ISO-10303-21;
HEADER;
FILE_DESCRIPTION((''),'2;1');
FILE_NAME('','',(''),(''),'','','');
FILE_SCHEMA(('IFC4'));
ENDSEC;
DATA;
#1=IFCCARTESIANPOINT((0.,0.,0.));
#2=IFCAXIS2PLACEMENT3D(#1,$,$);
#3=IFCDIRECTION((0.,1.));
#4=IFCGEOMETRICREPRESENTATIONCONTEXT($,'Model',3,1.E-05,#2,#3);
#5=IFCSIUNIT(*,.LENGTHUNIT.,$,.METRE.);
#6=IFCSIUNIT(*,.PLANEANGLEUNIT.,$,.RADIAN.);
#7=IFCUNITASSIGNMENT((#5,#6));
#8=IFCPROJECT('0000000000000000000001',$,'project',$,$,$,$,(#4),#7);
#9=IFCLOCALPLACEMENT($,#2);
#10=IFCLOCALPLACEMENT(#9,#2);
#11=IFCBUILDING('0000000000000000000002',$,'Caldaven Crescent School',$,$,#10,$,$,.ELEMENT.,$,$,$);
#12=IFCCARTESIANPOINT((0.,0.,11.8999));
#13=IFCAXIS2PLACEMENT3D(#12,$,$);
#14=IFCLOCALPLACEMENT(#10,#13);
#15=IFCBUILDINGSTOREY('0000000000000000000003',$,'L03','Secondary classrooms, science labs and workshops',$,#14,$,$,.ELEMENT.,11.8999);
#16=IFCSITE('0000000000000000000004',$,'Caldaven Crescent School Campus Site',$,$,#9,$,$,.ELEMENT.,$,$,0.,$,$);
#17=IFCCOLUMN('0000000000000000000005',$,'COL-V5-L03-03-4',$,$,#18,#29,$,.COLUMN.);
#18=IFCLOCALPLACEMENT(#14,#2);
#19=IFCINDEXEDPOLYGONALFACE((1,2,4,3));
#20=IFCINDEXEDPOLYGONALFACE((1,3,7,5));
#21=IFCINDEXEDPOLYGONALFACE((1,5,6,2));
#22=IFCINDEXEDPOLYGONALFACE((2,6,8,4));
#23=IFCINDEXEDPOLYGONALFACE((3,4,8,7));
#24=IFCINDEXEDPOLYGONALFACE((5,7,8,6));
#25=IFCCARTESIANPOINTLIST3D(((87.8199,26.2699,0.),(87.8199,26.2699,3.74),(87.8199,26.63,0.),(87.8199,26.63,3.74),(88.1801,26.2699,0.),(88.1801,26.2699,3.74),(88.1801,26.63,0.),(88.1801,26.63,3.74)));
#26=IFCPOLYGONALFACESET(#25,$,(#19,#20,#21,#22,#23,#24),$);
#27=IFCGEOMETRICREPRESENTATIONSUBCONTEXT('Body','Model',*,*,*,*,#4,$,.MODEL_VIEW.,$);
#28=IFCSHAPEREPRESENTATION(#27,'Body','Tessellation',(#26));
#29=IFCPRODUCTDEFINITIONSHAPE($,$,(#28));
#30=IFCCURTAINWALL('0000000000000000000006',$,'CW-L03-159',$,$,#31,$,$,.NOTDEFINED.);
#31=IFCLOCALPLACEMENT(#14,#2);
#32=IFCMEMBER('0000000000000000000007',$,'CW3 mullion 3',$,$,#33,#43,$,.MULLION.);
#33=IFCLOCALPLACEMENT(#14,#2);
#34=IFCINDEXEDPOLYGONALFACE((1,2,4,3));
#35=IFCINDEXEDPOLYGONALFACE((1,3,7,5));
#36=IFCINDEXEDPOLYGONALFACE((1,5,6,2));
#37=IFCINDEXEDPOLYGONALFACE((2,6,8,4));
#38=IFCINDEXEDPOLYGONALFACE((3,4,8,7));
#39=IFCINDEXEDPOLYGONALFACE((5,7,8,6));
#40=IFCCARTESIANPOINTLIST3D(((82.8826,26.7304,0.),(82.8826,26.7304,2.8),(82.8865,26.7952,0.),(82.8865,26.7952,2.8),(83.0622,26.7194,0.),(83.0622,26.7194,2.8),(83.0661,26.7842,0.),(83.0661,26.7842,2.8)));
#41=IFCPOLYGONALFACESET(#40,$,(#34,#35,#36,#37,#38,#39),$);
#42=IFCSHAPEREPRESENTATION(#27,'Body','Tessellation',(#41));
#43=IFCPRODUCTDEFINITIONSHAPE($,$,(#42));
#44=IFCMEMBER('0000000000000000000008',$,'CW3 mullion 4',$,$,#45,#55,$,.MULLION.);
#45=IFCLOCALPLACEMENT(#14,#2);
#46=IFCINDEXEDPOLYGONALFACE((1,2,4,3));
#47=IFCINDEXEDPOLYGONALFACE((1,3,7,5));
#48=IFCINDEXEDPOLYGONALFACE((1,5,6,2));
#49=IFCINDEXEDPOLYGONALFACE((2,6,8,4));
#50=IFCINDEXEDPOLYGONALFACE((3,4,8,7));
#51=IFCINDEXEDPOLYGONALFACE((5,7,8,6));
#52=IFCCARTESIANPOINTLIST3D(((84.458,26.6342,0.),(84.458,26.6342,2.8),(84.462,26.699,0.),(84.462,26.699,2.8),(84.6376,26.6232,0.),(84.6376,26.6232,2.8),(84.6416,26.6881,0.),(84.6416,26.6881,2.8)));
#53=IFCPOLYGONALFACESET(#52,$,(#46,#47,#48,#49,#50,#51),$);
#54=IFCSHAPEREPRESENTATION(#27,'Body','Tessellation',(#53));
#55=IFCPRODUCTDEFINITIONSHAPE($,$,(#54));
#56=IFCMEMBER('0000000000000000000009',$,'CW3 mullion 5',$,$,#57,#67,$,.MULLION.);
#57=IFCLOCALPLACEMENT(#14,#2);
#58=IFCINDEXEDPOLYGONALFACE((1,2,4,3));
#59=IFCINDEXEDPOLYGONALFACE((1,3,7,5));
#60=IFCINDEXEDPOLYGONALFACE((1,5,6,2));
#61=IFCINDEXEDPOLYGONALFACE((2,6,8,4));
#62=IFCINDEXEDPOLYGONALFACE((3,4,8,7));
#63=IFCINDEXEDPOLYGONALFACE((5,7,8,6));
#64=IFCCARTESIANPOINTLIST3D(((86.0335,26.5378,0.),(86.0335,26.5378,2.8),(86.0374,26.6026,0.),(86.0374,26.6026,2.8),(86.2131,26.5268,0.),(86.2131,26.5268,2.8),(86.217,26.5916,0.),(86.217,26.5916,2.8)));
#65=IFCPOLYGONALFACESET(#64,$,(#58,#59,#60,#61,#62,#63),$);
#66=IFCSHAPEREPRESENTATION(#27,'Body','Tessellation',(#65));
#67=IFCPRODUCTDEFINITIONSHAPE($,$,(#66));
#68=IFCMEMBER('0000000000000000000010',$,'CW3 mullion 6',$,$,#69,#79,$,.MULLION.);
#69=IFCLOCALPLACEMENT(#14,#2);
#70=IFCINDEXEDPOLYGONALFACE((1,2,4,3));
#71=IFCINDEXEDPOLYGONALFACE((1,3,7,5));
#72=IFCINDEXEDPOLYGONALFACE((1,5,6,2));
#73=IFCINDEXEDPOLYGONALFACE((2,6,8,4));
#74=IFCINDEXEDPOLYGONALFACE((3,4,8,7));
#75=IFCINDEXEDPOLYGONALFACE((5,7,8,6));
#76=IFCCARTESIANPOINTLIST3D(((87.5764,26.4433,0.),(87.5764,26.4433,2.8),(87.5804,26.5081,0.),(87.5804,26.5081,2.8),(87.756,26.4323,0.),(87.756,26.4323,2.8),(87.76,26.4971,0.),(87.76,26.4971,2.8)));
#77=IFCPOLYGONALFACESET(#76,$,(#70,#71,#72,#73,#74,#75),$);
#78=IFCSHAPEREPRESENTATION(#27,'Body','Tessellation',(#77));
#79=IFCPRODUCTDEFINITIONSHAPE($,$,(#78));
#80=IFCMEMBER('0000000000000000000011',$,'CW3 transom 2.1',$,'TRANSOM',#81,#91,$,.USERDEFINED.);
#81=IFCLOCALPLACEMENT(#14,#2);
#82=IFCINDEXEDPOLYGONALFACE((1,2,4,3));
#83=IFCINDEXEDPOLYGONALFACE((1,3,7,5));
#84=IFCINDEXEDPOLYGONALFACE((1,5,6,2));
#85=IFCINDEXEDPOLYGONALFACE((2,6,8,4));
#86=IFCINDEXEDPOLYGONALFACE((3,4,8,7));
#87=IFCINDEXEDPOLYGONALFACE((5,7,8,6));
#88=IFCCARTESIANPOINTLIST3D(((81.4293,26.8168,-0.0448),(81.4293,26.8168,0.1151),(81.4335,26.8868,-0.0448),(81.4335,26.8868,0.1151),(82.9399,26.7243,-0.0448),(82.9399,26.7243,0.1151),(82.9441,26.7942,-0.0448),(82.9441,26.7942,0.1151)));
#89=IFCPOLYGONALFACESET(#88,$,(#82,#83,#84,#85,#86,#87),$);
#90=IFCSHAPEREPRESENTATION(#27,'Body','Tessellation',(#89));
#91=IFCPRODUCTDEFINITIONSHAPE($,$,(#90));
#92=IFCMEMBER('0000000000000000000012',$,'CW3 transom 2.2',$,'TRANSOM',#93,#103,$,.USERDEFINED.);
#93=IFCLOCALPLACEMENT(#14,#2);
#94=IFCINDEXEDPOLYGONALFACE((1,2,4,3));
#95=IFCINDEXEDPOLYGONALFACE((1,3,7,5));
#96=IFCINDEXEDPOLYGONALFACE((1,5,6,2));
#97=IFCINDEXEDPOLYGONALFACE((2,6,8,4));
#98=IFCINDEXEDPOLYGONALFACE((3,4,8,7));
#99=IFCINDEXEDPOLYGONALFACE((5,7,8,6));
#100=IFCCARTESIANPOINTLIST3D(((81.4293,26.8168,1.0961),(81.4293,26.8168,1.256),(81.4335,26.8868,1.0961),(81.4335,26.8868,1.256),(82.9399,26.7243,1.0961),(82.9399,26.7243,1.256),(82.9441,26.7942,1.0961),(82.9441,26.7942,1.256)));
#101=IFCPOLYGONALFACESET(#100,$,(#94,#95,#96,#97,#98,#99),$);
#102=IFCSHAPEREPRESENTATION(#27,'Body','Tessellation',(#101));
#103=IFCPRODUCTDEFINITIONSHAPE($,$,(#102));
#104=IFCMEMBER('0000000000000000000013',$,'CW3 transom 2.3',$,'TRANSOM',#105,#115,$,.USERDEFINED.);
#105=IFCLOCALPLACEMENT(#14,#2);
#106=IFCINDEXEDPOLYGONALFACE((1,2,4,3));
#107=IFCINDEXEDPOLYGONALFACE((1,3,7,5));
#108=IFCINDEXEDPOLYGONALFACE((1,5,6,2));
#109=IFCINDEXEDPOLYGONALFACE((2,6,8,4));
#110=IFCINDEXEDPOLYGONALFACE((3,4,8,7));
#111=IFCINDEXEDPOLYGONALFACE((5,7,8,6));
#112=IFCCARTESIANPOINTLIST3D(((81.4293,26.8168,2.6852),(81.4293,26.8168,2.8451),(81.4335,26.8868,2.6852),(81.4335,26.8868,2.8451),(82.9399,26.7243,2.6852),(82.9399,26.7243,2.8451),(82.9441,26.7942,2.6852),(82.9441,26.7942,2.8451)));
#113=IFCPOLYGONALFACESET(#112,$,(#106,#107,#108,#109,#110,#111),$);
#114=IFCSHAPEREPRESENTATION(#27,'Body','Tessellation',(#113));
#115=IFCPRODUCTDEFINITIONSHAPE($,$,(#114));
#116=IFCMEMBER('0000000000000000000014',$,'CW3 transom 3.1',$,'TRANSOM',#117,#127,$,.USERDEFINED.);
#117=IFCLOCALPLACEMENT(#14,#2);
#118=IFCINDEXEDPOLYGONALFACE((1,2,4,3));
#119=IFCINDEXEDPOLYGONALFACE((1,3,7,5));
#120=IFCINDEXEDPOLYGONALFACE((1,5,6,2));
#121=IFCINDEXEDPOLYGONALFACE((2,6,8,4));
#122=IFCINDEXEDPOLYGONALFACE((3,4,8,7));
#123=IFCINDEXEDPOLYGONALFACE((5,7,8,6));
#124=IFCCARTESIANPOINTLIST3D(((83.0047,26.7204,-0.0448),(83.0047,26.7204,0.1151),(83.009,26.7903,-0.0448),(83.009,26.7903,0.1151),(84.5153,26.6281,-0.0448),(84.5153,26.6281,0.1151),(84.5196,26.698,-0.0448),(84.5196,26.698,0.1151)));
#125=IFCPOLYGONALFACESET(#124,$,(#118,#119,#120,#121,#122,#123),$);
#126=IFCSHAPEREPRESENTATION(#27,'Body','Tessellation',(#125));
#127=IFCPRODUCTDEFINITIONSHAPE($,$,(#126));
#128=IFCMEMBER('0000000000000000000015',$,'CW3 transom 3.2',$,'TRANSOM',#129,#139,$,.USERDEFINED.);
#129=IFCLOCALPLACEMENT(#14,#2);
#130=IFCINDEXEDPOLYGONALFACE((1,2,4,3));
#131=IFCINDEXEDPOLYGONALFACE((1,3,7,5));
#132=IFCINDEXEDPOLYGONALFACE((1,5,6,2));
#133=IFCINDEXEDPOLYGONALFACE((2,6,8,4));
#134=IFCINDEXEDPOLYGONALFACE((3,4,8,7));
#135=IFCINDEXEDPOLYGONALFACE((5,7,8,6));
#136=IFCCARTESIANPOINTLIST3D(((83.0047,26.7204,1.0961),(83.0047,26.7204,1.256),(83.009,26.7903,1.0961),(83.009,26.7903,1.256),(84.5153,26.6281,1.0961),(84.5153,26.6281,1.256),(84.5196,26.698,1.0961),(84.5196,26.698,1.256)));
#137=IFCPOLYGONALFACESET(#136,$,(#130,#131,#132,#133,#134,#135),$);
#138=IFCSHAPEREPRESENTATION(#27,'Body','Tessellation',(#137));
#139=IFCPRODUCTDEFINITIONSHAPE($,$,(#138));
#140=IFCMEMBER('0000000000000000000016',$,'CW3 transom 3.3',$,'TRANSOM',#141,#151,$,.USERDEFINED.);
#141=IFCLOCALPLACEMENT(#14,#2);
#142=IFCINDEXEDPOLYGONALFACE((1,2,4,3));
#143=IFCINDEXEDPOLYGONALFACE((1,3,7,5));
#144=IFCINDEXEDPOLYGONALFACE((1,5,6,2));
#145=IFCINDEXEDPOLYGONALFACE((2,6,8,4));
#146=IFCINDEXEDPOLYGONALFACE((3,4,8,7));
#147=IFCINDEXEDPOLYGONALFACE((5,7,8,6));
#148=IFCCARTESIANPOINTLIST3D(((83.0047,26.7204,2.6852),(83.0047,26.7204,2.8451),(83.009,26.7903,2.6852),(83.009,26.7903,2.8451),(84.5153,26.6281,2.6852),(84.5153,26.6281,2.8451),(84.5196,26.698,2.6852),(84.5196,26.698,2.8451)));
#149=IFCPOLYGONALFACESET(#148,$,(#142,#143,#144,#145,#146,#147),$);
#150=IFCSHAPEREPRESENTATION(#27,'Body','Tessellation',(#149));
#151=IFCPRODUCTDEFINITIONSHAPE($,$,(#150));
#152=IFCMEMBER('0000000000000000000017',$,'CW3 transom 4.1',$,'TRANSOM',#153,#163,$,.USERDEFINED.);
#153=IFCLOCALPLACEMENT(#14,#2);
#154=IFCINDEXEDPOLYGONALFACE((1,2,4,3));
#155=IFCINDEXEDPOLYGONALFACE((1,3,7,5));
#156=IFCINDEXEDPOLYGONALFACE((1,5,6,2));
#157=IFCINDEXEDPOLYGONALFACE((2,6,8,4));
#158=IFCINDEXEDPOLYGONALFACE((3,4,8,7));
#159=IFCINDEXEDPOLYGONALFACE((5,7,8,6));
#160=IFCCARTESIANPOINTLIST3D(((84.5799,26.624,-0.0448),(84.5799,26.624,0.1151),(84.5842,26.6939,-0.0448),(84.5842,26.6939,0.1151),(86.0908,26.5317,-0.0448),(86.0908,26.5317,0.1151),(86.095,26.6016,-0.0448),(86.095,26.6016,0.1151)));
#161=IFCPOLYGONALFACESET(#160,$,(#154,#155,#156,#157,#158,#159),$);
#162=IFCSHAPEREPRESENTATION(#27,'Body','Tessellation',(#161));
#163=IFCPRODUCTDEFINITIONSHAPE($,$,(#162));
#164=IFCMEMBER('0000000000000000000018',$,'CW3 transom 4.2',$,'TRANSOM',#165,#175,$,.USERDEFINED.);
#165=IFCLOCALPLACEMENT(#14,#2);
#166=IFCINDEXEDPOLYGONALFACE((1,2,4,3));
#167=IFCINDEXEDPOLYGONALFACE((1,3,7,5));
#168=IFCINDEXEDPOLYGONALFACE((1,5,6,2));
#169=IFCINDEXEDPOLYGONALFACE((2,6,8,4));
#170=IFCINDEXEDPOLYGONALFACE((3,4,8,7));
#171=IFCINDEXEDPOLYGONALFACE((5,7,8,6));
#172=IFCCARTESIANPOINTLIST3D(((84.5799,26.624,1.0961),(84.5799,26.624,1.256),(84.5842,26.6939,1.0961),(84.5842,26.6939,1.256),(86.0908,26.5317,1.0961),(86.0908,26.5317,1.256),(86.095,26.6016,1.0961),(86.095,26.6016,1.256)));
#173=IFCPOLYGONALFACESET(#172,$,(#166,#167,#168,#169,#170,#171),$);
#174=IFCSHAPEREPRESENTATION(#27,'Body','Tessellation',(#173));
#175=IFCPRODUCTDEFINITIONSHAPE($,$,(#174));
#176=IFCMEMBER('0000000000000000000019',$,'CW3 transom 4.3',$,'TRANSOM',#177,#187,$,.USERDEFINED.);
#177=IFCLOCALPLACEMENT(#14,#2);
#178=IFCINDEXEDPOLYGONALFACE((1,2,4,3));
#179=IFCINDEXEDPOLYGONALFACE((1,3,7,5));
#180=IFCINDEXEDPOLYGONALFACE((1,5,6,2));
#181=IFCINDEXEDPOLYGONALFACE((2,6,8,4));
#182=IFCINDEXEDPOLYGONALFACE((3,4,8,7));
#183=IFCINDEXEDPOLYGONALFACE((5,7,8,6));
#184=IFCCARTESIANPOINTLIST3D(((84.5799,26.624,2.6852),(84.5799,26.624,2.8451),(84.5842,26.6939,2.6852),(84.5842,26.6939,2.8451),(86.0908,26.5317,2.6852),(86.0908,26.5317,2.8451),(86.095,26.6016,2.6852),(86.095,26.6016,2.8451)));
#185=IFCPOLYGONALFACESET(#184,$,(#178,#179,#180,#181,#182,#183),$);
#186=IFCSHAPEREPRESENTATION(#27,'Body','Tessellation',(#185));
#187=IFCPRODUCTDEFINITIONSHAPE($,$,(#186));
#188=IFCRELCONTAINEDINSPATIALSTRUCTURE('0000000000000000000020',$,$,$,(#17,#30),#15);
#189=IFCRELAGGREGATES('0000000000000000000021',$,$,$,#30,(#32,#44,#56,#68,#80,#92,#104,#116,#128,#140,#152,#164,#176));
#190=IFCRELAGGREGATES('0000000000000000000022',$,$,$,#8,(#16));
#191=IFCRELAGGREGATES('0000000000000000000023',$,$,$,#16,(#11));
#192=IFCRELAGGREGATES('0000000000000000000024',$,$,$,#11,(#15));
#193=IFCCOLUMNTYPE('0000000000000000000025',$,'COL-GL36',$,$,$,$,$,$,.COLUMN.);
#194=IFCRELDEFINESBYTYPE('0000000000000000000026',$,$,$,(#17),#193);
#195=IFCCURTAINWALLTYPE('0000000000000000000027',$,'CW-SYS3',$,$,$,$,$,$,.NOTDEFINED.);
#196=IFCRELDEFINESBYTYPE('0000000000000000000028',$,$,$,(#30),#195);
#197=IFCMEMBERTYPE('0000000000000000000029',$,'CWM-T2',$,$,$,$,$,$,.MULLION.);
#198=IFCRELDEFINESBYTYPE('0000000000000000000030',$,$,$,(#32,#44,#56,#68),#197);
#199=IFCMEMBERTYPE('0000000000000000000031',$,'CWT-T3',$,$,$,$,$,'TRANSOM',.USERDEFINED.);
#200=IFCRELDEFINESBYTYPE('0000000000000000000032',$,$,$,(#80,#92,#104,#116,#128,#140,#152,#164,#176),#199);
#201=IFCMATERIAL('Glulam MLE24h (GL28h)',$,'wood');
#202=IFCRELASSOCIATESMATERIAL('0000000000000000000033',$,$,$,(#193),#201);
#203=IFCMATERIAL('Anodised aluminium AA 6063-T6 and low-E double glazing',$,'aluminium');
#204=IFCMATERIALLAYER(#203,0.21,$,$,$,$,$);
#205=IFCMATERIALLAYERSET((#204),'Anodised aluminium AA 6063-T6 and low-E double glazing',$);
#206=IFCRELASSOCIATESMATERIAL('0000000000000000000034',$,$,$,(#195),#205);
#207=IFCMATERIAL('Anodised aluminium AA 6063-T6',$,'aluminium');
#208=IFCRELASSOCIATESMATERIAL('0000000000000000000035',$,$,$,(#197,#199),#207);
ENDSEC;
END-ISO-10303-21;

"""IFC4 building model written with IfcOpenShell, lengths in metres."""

from ifc_helpers import new_model, si_unit, direction, frame, origin, origin_2d, place, context, subcontext, project, spatial, rectangle, extrude, material, layer, layer_set, material_profile, profile_set, type_object, element, aggregate, save


model = new_model("IFC4")

# Units and contexts
model_context = context("Model", 3, precision=1e-05, world=origin(), true_north=direction((0.0, 1.0)))
body_context = subcontext(model_context, "Body", "Model", "MODEL_VIEW")
ifc_project = project(units=[si_unit("LENGTHUNIT", "METRE"), si_unit("PLANEANGLEUNIT", "RADIAN")], contexts=[model_context])

# Site, building, storey
site_placement = place(None, origin())
site = spatial("IfcSite", under=ifc_project, at=site_placement, Name="Caldaven Crescent School Campus Site", CompositionType="ELEMENT", RefElevation=0.0)
building_placement = place(site_placement, origin())
building = spatial("IfcBuilding", under=site, at=building_placement, Name="Caldaven Crescent School", CompositionType="ELEMENT")
storey_placement = place(building_placement, frame((0.0, 0.0, 11.8999)))
storey = spatial("IfcBuildingStorey", under=building, at=storey_placement, Name="L03", Description="Secondary classrooms, science labs and workshops", CompositionType="ELEMENT", Elevation=11.8999)

# Column
ifc_material_1 = material(Name="Glulam MLE24h (GL28h)", Category="wood")
ifc_material_profile_1 = material_profile(ifc_material_1, rectangle(XDim=0.3601, YDim=0.3601, at=origin_2d()), Name="MLE 360x360")
ifc_profile_set_1 = profile_set([ifc_material_profile_1], Name="Glulam MLE24h (GL28h)")
column_type = type_object("IfcColumnType", Name="COL-GL36", PredefinedType="COLUMN", material=ifc_profile_set_1)
column_placement = place(storey_placement, frame((88.0, 26.45, 0.0), z_axis=(0.0, 0.0, 1.0), x_axis=(0.0, -1.0, 0.0)))
element("IfcColumn", 1, at=column_placement, inside=storey, type_object=column_type, Name="COL-V5-L03-03-4", PredefinedType="COLUMN", context=body_context, shape_type="SweptSolid", body=[
    extrude(rectangle(XDim=0.3601, YDim=0.3601, at=origin_2d()), origin(), (0.0, 0.0, 1.0), 3.74),
])

# Curtain wall, members
ifc_material_2 = material(Name="Anodised aluminium AA 6063-T6 and low-E double glazing", Category="aluminium")
ifc_layer_1 = layer(ifc_material_2, 0.21)
ifc_layer_set_1 = layer_set([ifc_layer_1], Name="Anodised aluminium AA 6063-T6 and low-E double glazing")
curtain_wall_type = type_object("IfcCurtainWallType", Name="CW-SYS3", PredefinedType="NOTDEFINED", material=ifc_layer_set_1)
curtain_wall_placement = place(storey_placement, origin())
curtain_wall = element("IfcCurtainWall", 2, at=curtain_wall_placement, inside=storey, type_object=curtain_wall_type, Name="CW-L03-159", PredefinedType="NOTDEFINED")
ifc_material_3 = material(Name="Anodised aluminium AA 6063-T6", Category="aluminium")
ifc_material_profile_2 = material_profile(ifc_material_3, rectangle(XDim=0.0649, YDim=0.1799, at=origin_2d()), Name="CWM 65x180")
ifc_profile_set_2 = profile_set([ifc_material_profile_2], Name="Anodised aluminium AA 6063-T6")
member_type_1 = type_object("IfcMemberType", Name="CWM-T2", PredefinedType="MULLION", material=ifc_profile_set_2)
member_1_placement = place(storey_placement, frame((82.9744, 26.7573, 0.0), z_axis=(0.0, 0.0, 1.0), x_axis=(0.061049, 0.998135, 0.0)))
member_1 = element("IfcMember", 3, at=member_1_placement, type_object=member_type_1, Name="CW3 mullion 3", PredefinedType="MULLION", context=body_context, shape_type="SweptSolid", body=[
    extrude(rectangle(XDim=0.0649, YDim=0.1799, at=origin_2d()), origin(), (0.0, 0.0, 1.0), 2.8),
])
member_2_placement = place(storey_placement, frame((84.5498, 26.6611, 0.0), z_axis=(0.0, 0.0, 1.0), x_axis=(0.061049, 0.998135, 0.0)))
member_2 = element("IfcMember", 4, at=member_2_placement, type_object=member_type_1, Name="CW3 mullion 4", PredefinedType="MULLION", context=body_context, shape_type="SweptSolid", body=[
    extrude(rectangle(XDim=0.0649, YDim=0.1799, at=origin_2d()), origin(), (0.0, 0.0, 1.0), 2.8),
])
member_3_placement = place(storey_placement, frame((86.1252, 26.5647, 0.0), z_axis=(0.0, 0.0, 1.0), x_axis=(0.061049, 0.998135, 0.0)))
member_3 = element("IfcMember", 5, at=member_3_placement, type_object=member_type_1, Name="CW3 mullion 5", PredefinedType="MULLION", context=body_context, shape_type="SweptSolid", body=[
    extrude(rectangle(XDim=0.0649, YDim=0.1799, at=origin_2d()), origin(), (0.0, 0.0, 1.0), 2.8),
])
member_4_placement = place(storey_placement, frame((87.6682, 26.4702, 0.0), z_axis=(0.0, 0.0, 1.0), x_axis=(0.061049, 0.998135, 0.0)))
member_4 = element("IfcMember", 6, at=member_4_placement, type_object=member_type_1, Name="CW3 mullion 6", PredefinedType="MULLION", context=body_context, shape_type="SweptSolid", body=[
    extrude(rectangle(XDim=0.0649, YDim=0.1799, at=origin_2d()), origin(), (0.0, 0.0, 1.0), 2.8),
])
ifc_material_profile_3 = material_profile(ifc_material_3, rectangle(XDim=0.0701, YDim=0.1599, at=origin_2d()), Name="CWT 70x160")
ifc_profile_set_3 = profile_set([ifc_material_profile_3], Name="Anodised aluminium AA 6063-T6")
member_type_2 = type_object("IfcMemberType", Name="CWT-T3", ElementType="TRANSOM", PredefinedType="USERDEFINED", material=ifc_profile_set_3)
member_5_placement = place(storey_placement, frame((81.4314, 26.8518, 0.0352), z_axis=(0.998129, -0.061143, 0.0), x_axis=(0.061143, 0.998129, 0.0)))
member_5 = element("IfcMember", 7, at=member_5_placement, type_object=member_type_2, Name="CW3 transom 2.1", ObjectType="TRANSOM", PredefinedType="USERDEFINED", context=body_context, shape_type="SweptSolid", body=[
    extrude(rectangle(XDim=0.0701, YDim=0.1599, at=origin_2d()), origin(), (0.0, 0.0, 1.0), 1.5134),
])
member_6_placement = place(storey_placement, frame((81.4314, 26.8518, 1.176), z_axis=(0.998129, -0.061143, 0.0), x_axis=(0.061143, 0.998129, 0.0)))
member_6 = element("IfcMember", 8, at=member_6_placement, type_object=member_type_2, Name="CW3 transom 2.2", ObjectType="TRANSOM", PredefinedType="USERDEFINED", context=body_context, shape_type="SweptSolid", body=[
    extrude(rectangle(XDim=0.0701, YDim=0.1599, at=origin_2d()), origin(), (0.0, 0.0, 1.0), 1.5134),
])
member_7_placement = place(storey_placement, frame((81.4314, 26.8518, 2.7651), z_axis=(0.998129, -0.061143, 0.0), x_axis=(0.061143, 0.998129, 0.0)))
member_7 = element("IfcMember", 9, at=member_7_placement, type_object=member_type_2, Name="CW3 transom 2.3", ObjectType="TRANSOM", PredefinedType="USERDEFINED", context=body_context, shape_type="SweptSolid", body=[
    extrude(rectangle(XDim=0.0701, YDim=0.1599, at=origin_2d()), origin(), (0.0, 0.0, 1.0), 1.5134),
])
member_8_placement = place(storey_placement, frame((83.0068, 26.7554, 0.0352), z_axis=(0.998139, -0.060982, 0.0), x_axis=(0.060982, 0.998139, 0.0)))
member_8 = element("IfcMember", 10, at=member_8_placement, type_object=member_type_2, Name="CW3 transom 3.1", ObjectType="TRANSOM", PredefinedType="USERDEFINED", context=body_context, shape_type="SweptSolid", body=[
    extrude(rectangle(XDim=0.0701, YDim=0.1599, at=origin_2d()), origin(), (0.0, 0.0, 1.0), 1.5134),
])
member_9_placement = place(storey_placement, frame((83.0068, 26.7554, 1.176), z_axis=(0.998139, -0.060982, 0.0), x_axis=(0.060982, 0.998139, 0.0)))
member_9 = element("IfcMember", 11, at=member_9_placement, type_object=member_type_2, Name="CW3 transom 3.2", ObjectType="TRANSOM", PredefinedType="USERDEFINED", context=body_context, shape_type="SweptSolid", body=[
    extrude(rectangle(XDim=0.0701, YDim=0.1599, at=origin_2d()), origin(), (0.0, 0.0, 1.0), 1.5134),
])
member_10_placement = place(storey_placement, frame((83.0068, 26.7554, 2.7651), z_axis=(0.998139, -0.060982, 0.0), x_axis=(0.060982, 0.998139, 0.0)))
member_10 = element("IfcMember", 12, at=member_10_placement, type_object=member_type_2, Name="CW3 transom 3.3", ObjectType="TRANSOM", PredefinedType="USERDEFINED", context=body_context, shape_type="SweptSolid", body=[
    extrude(rectangle(XDim=0.0701, YDim=0.1599, at=origin_2d()), origin(), (0.0, 0.0, 1.0), 1.5134),
])
member_11_placement = place(storey_placement, frame((84.582, 26.6589, 0.0352), z_axis=(0.998139, -0.060972, 0.0), x_axis=(0.060972, 0.998139, 0.0)))
member_11 = element("IfcMember", 13, at=member_11_placement, type_object=member_type_2, Name="CW3 transom 4.1", ObjectType="TRANSOM", PredefinedType="USERDEFINED", context=body_context, shape_type="SweptSolid", body=[
    extrude(rectangle(XDim=0.0701, YDim=0.1599, at=origin_2d()), origin(), (0.0, 0.0, 1.0), 1.5137),
])
member_12_placement = place(storey_placement, frame((84.582, 26.6589, 1.176), z_axis=(0.998139, -0.060972, 0.0), x_axis=(0.060972, 0.998139, 0.0)))
member_12 = element("IfcMember", 14, at=member_12_placement, type_object=member_type_2, Name="CW3 transom 4.2", ObjectType="TRANSOM", PredefinedType="USERDEFINED", context=body_context, shape_type="SweptSolid", body=[
    extrude(rectangle(XDim=0.0701, YDim=0.1599, at=origin_2d()), origin(), (0.0, 0.0, 1.0), 1.5137),
])
member_13_placement = place(storey_placement, frame((84.582, 26.6589, 2.7651), z_axis=(0.998139, -0.060972, 0.0), x_axis=(0.060972, 0.998139, 0.0)))
member_13 = element("IfcMember", 15, at=member_13_placement, type_object=member_type_2, Name="CW3 transom 4.3", ObjectType="TRANSOM", PredefinedType="USERDEFINED", context=body_context, shape_type="SweptSolid", body=[
    extrude(rectangle(XDim=0.0701, YDim=0.1599, at=origin_2d()), origin(), (0.0, 0.0, 1.0), 1.5137),
])

aggregate(curtain_wall, [member_1, member_2, member_3, member_4, member_5, member_6, member_7, member_8, member_9, member_10, member_11, member_12, member_13])

save(model, "model.ifc")
